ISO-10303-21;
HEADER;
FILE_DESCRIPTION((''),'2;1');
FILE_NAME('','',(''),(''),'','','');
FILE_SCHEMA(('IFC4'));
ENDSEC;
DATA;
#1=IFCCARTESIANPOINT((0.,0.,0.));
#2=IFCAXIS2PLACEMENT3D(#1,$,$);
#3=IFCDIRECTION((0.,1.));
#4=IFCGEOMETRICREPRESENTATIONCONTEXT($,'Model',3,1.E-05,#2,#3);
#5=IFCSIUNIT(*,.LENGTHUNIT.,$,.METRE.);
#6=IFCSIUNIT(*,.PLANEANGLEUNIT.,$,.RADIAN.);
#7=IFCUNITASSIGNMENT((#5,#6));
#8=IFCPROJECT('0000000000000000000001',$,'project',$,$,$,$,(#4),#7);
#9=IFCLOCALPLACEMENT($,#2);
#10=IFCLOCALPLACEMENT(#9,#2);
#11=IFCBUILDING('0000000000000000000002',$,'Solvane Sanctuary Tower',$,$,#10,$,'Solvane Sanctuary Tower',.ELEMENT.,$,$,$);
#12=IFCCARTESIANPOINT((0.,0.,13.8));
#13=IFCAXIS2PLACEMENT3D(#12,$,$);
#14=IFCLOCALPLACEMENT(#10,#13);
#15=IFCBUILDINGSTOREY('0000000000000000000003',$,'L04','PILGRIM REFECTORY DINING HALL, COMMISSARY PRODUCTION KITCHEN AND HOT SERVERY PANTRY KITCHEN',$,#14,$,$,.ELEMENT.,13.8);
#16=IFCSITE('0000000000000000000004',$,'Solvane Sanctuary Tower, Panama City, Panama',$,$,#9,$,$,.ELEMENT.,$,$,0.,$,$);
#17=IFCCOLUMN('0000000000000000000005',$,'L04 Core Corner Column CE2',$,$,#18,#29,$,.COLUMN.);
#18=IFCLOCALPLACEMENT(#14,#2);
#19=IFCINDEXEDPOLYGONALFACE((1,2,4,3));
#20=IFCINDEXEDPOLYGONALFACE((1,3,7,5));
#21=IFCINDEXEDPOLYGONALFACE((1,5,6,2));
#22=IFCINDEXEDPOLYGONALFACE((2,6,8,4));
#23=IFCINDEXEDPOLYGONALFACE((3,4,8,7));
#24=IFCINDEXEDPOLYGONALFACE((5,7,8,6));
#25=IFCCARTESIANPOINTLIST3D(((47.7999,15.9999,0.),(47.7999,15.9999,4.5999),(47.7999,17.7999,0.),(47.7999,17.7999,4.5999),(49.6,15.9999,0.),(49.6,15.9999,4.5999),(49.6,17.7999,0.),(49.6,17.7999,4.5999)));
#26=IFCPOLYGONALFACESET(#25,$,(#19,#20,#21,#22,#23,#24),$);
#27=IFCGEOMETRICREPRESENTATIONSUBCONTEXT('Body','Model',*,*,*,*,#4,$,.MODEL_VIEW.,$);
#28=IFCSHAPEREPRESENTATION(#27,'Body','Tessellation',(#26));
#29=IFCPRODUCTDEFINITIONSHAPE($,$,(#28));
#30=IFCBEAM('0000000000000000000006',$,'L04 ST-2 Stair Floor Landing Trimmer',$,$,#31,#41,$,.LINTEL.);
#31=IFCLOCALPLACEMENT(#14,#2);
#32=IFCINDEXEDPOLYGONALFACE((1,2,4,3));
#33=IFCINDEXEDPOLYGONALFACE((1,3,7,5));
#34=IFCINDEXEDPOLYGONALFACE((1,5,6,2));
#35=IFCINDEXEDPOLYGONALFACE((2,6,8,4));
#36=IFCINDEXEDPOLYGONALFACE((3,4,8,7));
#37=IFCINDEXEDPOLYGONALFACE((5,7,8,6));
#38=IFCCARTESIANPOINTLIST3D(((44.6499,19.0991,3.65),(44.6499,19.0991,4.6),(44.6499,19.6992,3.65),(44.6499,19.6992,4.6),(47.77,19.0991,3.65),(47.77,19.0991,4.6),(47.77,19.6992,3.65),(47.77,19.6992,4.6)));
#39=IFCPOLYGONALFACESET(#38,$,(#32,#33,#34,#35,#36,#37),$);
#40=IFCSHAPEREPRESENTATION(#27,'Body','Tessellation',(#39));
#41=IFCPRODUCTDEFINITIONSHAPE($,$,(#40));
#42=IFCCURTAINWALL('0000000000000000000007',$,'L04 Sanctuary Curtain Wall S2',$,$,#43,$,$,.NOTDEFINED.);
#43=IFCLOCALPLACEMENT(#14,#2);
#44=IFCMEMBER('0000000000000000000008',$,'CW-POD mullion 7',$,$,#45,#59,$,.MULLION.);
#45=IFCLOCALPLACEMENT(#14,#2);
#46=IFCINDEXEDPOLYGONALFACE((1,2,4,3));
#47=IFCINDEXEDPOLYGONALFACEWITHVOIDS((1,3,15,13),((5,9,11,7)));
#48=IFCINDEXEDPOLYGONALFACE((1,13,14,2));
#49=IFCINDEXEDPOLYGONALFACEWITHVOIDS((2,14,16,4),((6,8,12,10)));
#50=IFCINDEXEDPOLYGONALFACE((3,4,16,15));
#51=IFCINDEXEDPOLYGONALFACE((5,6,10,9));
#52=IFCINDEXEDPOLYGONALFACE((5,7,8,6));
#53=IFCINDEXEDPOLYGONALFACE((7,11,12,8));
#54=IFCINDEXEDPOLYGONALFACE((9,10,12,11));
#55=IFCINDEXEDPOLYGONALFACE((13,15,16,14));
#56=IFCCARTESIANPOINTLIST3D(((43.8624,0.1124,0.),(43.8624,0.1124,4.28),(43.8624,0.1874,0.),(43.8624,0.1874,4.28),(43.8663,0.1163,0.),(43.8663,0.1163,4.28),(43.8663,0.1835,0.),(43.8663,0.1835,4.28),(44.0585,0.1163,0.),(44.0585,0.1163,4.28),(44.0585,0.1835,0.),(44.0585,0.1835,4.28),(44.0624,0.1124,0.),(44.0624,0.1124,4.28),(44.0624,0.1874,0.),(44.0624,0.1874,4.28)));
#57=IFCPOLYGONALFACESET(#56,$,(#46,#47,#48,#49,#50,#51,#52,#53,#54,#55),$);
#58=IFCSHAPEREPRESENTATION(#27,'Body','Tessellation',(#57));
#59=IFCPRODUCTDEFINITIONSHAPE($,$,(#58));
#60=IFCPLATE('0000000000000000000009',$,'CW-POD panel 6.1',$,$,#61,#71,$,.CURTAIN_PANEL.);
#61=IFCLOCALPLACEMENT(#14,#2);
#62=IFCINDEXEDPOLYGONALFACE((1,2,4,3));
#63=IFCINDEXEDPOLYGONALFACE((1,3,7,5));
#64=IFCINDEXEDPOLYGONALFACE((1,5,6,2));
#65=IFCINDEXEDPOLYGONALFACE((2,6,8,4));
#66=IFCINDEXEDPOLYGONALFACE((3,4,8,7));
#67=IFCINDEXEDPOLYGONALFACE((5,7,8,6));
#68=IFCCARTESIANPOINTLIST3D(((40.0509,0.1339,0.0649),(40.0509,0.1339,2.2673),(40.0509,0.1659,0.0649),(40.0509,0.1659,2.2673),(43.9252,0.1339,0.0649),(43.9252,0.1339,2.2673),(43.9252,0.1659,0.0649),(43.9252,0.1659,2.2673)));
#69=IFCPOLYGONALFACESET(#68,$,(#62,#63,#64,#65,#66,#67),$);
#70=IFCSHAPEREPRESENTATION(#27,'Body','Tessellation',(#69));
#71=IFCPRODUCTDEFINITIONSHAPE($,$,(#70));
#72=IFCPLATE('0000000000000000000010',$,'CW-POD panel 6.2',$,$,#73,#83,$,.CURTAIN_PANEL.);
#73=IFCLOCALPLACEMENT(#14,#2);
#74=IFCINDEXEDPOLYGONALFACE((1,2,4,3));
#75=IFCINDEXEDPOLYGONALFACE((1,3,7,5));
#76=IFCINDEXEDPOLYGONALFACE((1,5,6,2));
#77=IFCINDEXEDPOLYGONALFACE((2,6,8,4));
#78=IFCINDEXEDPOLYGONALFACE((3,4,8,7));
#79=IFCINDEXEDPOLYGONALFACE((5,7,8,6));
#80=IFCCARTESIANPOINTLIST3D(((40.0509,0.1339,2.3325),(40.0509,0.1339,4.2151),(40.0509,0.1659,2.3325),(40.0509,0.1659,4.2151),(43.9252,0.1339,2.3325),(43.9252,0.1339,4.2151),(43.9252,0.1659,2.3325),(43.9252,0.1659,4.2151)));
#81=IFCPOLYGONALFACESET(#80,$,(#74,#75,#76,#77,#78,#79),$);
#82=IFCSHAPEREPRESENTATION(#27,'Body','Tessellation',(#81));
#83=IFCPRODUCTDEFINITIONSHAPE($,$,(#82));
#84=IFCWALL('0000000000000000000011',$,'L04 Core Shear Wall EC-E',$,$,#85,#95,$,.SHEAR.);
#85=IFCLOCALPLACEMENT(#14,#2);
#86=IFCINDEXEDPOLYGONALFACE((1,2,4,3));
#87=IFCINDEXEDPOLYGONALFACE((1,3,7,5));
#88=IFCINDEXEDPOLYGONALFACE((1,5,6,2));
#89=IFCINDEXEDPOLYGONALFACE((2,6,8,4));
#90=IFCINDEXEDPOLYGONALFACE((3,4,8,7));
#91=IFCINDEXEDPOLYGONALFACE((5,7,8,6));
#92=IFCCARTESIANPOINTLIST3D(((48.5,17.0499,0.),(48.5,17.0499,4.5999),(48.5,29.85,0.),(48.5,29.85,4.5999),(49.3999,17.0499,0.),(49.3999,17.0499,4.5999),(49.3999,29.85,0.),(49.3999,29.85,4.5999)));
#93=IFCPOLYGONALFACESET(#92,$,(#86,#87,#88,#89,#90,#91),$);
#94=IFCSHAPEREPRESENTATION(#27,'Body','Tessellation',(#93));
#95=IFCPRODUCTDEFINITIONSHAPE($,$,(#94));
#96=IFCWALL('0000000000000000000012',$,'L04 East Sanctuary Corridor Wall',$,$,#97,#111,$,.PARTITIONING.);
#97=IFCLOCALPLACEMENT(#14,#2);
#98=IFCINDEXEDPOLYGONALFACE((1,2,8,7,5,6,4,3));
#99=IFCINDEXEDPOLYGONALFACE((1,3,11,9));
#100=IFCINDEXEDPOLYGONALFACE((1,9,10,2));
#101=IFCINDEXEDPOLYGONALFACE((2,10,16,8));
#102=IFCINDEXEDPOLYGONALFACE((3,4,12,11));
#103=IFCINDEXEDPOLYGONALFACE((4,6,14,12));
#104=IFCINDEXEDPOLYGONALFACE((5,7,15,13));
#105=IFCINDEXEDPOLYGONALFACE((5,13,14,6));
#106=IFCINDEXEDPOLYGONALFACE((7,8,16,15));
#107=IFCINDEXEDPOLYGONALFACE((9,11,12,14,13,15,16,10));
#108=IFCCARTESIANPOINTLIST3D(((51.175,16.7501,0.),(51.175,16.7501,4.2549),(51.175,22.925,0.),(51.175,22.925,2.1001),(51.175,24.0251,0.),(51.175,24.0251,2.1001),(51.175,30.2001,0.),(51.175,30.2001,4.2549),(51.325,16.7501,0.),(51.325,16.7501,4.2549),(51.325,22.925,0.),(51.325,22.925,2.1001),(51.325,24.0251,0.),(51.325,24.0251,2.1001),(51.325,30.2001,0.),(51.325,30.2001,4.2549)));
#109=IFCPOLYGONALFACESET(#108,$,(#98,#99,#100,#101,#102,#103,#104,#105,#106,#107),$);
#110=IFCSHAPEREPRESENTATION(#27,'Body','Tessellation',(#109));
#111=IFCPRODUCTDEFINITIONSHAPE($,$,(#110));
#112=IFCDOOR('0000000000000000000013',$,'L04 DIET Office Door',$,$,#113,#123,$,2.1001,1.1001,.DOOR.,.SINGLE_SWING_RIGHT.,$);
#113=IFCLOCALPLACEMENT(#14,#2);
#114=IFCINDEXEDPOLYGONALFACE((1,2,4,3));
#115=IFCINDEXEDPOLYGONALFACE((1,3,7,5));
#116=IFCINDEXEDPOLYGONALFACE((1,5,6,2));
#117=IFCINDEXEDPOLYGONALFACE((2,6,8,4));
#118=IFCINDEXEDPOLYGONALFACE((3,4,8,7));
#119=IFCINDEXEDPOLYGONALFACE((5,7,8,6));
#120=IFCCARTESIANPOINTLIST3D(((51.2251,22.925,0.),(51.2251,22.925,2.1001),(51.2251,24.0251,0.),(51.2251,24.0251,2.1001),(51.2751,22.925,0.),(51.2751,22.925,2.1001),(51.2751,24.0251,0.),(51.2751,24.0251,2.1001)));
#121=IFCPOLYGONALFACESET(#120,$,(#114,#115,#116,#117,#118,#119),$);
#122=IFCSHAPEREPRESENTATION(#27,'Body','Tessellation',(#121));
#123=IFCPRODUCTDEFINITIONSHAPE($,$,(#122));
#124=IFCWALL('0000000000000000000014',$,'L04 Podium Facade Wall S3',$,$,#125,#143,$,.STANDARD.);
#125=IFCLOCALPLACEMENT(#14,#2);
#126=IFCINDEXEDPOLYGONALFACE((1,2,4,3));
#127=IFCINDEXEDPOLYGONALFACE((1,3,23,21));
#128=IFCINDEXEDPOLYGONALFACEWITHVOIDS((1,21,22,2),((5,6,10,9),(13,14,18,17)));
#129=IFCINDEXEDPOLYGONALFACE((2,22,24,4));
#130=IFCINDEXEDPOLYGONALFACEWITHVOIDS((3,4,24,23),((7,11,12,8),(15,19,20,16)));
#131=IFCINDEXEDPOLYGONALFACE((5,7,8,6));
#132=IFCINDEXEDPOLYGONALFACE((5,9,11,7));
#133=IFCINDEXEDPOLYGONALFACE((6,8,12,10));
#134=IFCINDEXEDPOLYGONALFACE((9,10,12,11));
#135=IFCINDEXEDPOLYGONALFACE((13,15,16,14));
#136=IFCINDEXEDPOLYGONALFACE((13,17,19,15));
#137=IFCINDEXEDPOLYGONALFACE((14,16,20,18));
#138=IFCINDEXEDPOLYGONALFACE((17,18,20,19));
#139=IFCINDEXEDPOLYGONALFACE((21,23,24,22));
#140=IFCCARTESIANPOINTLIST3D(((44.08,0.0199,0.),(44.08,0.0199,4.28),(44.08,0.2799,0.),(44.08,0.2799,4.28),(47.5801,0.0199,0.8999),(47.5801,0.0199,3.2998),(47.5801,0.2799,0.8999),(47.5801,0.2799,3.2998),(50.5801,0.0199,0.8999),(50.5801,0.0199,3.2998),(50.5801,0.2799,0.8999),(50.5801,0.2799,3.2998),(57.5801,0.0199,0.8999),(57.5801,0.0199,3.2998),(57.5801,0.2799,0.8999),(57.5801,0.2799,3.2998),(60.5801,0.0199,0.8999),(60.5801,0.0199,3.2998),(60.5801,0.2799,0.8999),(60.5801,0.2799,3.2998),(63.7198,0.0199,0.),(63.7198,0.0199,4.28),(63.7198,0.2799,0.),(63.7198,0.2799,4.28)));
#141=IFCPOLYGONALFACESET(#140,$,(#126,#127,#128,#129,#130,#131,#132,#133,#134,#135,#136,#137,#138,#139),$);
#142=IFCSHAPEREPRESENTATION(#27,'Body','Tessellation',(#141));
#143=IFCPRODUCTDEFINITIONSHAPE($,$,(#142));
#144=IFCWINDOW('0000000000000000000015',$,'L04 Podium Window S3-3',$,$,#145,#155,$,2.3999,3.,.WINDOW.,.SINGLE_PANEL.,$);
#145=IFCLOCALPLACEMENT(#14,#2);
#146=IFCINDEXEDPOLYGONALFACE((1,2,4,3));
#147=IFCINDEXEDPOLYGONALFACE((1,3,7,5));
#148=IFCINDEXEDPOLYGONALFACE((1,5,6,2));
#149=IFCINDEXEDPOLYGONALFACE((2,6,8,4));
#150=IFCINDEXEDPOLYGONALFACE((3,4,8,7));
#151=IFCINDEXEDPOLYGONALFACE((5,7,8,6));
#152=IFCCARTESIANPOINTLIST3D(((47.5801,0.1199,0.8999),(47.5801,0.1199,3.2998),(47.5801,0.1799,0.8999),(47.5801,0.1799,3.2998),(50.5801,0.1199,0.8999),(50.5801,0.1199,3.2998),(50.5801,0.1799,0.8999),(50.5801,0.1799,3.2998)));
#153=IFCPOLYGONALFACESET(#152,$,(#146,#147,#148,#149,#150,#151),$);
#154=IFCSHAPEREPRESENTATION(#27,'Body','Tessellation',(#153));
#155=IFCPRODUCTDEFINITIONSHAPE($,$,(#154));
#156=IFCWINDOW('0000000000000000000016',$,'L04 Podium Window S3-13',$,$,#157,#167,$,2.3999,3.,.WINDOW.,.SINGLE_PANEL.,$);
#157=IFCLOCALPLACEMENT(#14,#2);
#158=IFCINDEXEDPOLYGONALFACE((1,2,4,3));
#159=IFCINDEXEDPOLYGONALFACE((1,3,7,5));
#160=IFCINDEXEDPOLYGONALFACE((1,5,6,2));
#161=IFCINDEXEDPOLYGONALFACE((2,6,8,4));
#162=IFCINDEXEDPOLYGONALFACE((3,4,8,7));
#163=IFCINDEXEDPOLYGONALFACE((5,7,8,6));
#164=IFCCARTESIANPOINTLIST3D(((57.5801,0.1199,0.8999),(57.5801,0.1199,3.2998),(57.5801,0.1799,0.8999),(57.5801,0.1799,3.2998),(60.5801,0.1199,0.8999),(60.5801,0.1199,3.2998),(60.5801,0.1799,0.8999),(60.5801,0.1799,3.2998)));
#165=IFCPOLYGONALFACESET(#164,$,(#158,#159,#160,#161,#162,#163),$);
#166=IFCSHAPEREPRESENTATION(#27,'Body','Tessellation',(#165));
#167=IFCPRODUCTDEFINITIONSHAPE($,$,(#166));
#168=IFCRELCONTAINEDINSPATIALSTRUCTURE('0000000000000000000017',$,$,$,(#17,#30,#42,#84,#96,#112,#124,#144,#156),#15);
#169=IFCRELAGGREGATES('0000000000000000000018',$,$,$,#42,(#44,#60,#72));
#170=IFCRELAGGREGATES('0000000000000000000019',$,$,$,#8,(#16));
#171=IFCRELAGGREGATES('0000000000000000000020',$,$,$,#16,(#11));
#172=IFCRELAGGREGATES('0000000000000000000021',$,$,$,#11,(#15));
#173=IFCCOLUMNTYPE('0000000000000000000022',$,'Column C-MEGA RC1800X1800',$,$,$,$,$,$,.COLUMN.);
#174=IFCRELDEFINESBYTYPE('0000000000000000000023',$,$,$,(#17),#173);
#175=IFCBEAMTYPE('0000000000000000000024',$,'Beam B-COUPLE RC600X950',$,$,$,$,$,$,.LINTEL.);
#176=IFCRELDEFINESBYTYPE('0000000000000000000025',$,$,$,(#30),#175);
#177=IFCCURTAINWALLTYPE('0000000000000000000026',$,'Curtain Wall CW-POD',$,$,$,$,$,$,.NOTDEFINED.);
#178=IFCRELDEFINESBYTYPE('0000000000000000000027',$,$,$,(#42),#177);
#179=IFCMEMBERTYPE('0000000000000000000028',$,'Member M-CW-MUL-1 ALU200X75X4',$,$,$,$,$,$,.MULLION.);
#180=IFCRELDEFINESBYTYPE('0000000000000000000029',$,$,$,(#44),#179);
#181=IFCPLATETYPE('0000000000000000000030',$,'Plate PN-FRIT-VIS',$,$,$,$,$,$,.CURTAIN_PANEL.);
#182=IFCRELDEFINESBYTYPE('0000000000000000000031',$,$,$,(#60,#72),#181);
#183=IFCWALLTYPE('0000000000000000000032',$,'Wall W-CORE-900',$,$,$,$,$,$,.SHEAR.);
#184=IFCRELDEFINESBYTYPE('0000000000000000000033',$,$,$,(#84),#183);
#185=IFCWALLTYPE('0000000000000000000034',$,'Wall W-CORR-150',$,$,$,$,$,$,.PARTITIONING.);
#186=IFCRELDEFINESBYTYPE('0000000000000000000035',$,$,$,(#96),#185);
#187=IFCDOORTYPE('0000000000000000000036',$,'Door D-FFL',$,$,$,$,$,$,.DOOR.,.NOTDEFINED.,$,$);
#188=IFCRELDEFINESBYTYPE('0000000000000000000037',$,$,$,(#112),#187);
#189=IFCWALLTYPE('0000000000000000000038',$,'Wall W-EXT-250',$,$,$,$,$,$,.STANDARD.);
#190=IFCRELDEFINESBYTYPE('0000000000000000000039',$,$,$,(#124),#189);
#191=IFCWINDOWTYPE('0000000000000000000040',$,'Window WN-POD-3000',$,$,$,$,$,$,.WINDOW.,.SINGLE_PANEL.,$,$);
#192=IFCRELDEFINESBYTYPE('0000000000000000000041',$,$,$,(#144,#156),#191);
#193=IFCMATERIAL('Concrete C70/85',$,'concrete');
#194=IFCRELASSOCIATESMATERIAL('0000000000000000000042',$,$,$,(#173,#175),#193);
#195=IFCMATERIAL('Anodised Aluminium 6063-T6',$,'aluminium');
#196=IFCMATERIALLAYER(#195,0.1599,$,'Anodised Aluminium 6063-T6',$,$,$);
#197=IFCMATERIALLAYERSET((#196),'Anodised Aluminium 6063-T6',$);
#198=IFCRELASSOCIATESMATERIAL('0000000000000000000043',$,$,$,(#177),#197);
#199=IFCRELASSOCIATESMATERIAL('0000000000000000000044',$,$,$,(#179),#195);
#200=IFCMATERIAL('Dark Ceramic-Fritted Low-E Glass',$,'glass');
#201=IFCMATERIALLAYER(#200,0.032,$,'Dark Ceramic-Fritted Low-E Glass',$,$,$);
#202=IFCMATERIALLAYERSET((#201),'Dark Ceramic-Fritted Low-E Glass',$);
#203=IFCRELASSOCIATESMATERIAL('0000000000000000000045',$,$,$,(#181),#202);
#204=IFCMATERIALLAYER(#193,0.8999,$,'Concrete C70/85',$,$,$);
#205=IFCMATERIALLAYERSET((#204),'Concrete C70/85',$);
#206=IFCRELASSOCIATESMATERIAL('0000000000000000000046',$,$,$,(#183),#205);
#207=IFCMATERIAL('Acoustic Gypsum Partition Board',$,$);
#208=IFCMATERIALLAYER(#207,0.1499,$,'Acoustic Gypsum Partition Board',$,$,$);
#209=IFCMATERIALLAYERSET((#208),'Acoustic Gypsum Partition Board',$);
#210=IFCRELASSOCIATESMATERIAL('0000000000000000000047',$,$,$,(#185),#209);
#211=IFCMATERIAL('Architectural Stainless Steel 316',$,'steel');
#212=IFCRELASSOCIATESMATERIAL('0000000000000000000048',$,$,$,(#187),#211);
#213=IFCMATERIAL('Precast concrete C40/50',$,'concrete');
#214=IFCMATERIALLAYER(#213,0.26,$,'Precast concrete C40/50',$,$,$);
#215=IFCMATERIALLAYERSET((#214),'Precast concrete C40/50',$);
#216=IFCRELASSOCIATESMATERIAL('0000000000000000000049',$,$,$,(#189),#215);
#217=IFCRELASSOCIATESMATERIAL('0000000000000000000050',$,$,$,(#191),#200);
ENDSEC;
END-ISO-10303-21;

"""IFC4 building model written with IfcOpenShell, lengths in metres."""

from ifc_helpers import new_model, si_unit, direction, frame, frame_2d, origin, origin_2d, place, context, subcontext, project, spatial, rectangle, hollow_rectangle, extrude, material, layer, layer_set, material_profile, profile_set, type_object, element, fill, aggregate, save


model = new_model("IFC4")

# Units and contexts
model_context = context("Model", 3, precision=1e-05, world=origin(), true_north=direction((0.0, 1.0)))
body_context = subcontext(model_context, "Body", "Model", "MODEL_VIEW")
ifc_project = project(units=[si_unit("LENGTHUNIT", "METRE"), si_unit("PLANEANGLEUNIT", "RADIAN")], contexts=[model_context])

# Site, building, storey
site_placement = place(None, origin())
site = spatial("IfcSite", under=ifc_project, at=site_placement, Name="Solvane Sanctuary Tower, Panama City, Panama", CompositionType="ELEMENT", RefElevation=0.0)
building_placement = place(site_placement, origin())
building = spatial("IfcBuilding", under=site, at=building_placement, Name="Solvane Sanctuary Tower", LongName="Solvane Sanctuary Tower", CompositionType="ELEMENT")
storey_placement = place(building_placement, frame((0.0, 0.0, 13.8)))
storey = spatial("IfcBuildingStorey", under=building, at=storey_placement, Name="L04", Description="PILGRIM REFECTORY DINING HALL, COMMISSARY PRODUCTION KITCHEN AND HOT SERVERY PANTRY KITCHEN", CompositionType="ELEMENT", Elevation=13.8)

# Column
ifc_material_1 = material(Name="Concrete C70/85", Category="concrete")
ifc_material_profile_1 = material_profile(ifc_material_1, rectangle(XDim=1.8, YDim=1.8, at=origin_2d()), Name="RC1800X1800")
ifc_profile_set_1 = profile_set([ifc_material_profile_1], Name="Concrete C70/85")
column_type = type_object("IfcColumnType", Name="Column C-MEGA RC1800X1800", PredefinedType="COLUMN", material=ifc_profile_set_1)
column_placement = place(storey_placement, frame((48.7, 16.8999, 0.0), z_axis=(0.0, 0.0, 1.0), x_axis=(1.0, 0.0, 0.0)))
element("IfcColumn", 1, at=column_placement, inside=storey, type_object=column_type, Name="L04 Core Corner Column CE2", PredefinedType="COLUMN", context=body_context, shape_type="SweptSolid", body=[
    extrude(rectangle(XDim=1.8, YDim=1.8, at=origin_2d()), origin(), (0.0, 0.0, 1.0), 4.5999),
])

# Beam
ifc_material_profile_2 = material_profile(ifc_material_1, rectangle(XDim=0.6001, YDim=0.95, at=origin_2d()), Name="RC600X950")
ifc_profile_set_2 = profile_set([ifc_material_profile_2], Name="Concrete C70/85")
beam_type = type_object("IfcBeamType", Name="Beam B-COUPLE RC600X950", PredefinedType="LINTEL", material=ifc_profile_set_2)
beam_placement = place(storey_placement, frame((44.6499, 19.3992, 4.125), z_axis=(1.0, 0.0, 0.0), x_axis=(0.0, 1.0, 0.0)))
element("IfcBeam", 2, at=beam_placement, inside=storey, type_object=beam_type, Name="L04 ST-2 Stair Floor Landing Trimmer", PredefinedType="LINTEL", context=body_context, shape_type="SweptSolid", body=[
    extrude(rectangle(XDim=0.6001, YDim=0.95, at=origin_2d()), origin(), (0.0, 0.0, 1.0), 3.1201),
])

# Curtain wall, member, plates
ifc_material_2 = material(Name="Anodised Aluminium 6063-T6", Category="aluminium")
ifc_layer_1 = layer(ifc_material_2, 0.1599, Name="Anodised Aluminium 6063-T6")
ifc_layer_set_1 = layer_set([ifc_layer_1], Name="Anodised Aluminium 6063-T6")
curtain_wall_type = type_object("IfcCurtainWallType", Name="Curtain Wall CW-POD", PredefinedType="NOTDEFINED", material=ifc_layer_set_1)
curtain_wall_placement = place(storey_placement, origin())
curtain_wall = element("IfcCurtainWall", 3, at=curtain_wall_placement, inside=storey, type_object=curtain_wall_type, Name="L04 Sanctuary Curtain Wall S2", PredefinedType="NOTDEFINED")
ifc_material_profile_3 = material_profile(ifc_material_2, hollow_rectangle(XDim=0.075, YDim=0.2, WallThickness=0.0039, at=origin_2d()), Name="ALU200X75X4")
ifc_profile_set_3 = profile_set([ifc_material_profile_3], Name="Anodised Aluminium 6063-T6")
member_type = type_object("IfcMemberType", Name="Member M-CW-MUL-1 ALU200X75X4", PredefinedType="MULLION", material=ifc_profile_set_3)
member_placement = place(storey_placement, frame((43.9624, 0.1499, 0.0), z_axis=(0.0, 0.0, 1.0), x_axis=(0.0, 1.0, 0.0)))
member = element("IfcMember", 4, at=member_placement, type_object=member_type, Name="CW-POD mullion 7", PredefinedType="MULLION", context=body_context, shape_type="SweptSolid", body=[
    extrude(hollow_rectangle(XDim=0.075, YDim=0.2, WallThickness=0.0039, at=origin_2d()), origin(), (0.0, 0.0, 1.0), 4.28),
])
ifc_material_3 = material(Name="Dark Ceramic-Fritted Low-E Glass", Category="glass")
ifc_layer_2 = layer(ifc_material_3, 0.032, Name="Dark Ceramic-Fritted Low-E Glass")
ifc_layer_set_2 = layer_set([ifc_layer_2], Name="Dark Ceramic-Fritted Low-E Glass")
plate_type = type_object("IfcPlateType", Name="Plate PN-FRIT-VIS", PredefinedType="CURTAIN_PANEL", material=ifc_layer_set_2)
plate_1_placement = place(storey_placement, frame((41.988, 0.1499, 0.0649), z_axis=(0.0, 0.0, 1.0), x_axis=(1.0, 0.0, 0.0)))
plate_1 = element("IfcPlate", 5, at=plate_1_placement, type_object=plate_type, Name="CW-POD panel 6.1", PredefinedType="CURTAIN_PANEL", context=body_context, shape_type="SweptSolid", body=[
    extrude(rectangle(XDim=3.8743, YDim=0.032, at=origin_2d()), origin(), (0.0, 0.0, 1.0), 2.2024),
])
plate_2_placement = place(storey_placement, frame((41.988, 0.1499, 2.3325), z_axis=(0.0, 0.0, 1.0), x_axis=(1.0, 0.0, 0.0)))
plate_2 = element("IfcPlate", 6, at=plate_2_placement, type_object=plate_type, Name="CW-POD panel 6.2", PredefinedType="CURTAIN_PANEL", context=body_context, shape_type="SweptSolid", body=[
    extrude(rectangle(XDim=3.8743, YDim=0.032, at=origin_2d()), origin(), (0.0, 0.0, 1.0), 1.8826),
])
aggregate(curtain_wall, [member, plate_1, plate_2])

# Wall
ifc_layer_3 = layer(ifc_material_1, 0.8999, Name="Concrete C70/85")
ifc_layer_set_3 = layer_set([ifc_layer_3], Name="Concrete C70/85")
wall_type_1 = type_object("IfcWallType", Name="Wall W-CORE-900", PredefinedType="SHEAR", material=ifc_layer_set_3)
wall_1_placement = place(storey_placement, frame((48.95, 17.05, 0.0), z_axis=(0.0, 0.0, 1.0), x_axis=(0.0, 1.0, 0.0)))
element("IfcWall", 7, at=wall_1_placement, inside=storey, type_object=wall_type_1, Name="L04 Core Shear Wall EC-E", PredefinedType="SHEAR", context=body_context, shape_type="SweptSolid", body=[
    extrude(rectangle(XDim=12.8, YDim=0.8999, at=frame_2d((6.3999, 0.0))), origin(), (0.0, 0.0, 1.0), 4.5999),
])

# Wall, opening, door
ifc_material_4 = material(Name="Acoustic Gypsum Partition Board")
ifc_layer_4 = layer(ifc_material_4, 0.1499, Name="Acoustic Gypsum Partition Board")
ifc_layer_set_4 = layer_set([ifc_layer_4], Name="Acoustic Gypsum Partition Board")
wall_type_2 = type_object("IfcWallType", Name="Wall W-CORR-150", PredefinedType="PARTITIONING", material=ifc_layer_set_4)
wall_2_placement = place(storey_placement, frame((51.25, 16.75, 0.0), z_axis=(0.0, 0.0, 1.0), x_axis=(0.0, 1.0, 0.0)))
wall_2 = element("IfcWall", 8, at=wall_2_placement, inside=storey, type_object=wall_type_2, Name="L04 East Sanctuary Corridor Wall", PredefinedType="PARTITIONING", context=body_context, shape_type="SweptSolid", body=[
    extrude(rectangle(XDim=13.45, YDim=0.1499, at=frame_2d((6.7251, 0.0))), origin(), (0.0, 0.0, 1.0), 4.2549),
])
opening_1_placement = place(wall_2_placement, frame((6.175, 0.0, 0.0)))
opening_1 = element("IfcOpeningElement", 9, at=opening_1_placement, cuts=wall_2, PredefinedType="OPENING", context=body_context, shape_type="SweptSolid", body=[
    extrude(rectangle(XDim=1.1001, YDim=2.1001, at=frame_2d((0.55, 1.05))), frame((0.0, 0.085, 0.0), z_axis=(0.0, -1.0, 0.0), x_axis=(1.0, 0.0, 0.0)), (0.0, 0.0, 1.0), 0.1699),
])
ifc_material_5 = material(Name="Architectural Stainless Steel 316", Category="steel")
door_type_1 = type_object("IfcDoorType", Name="Door D-FFL", OperationType="NOTDEFINED", PredefinedType="DOOR", material=ifc_material_5)
door_1_placement = place(opening_1_placement, origin())
door_1 = element("IfcDoor", 10, at=door_1_placement, inside=storey, type_object=door_type_1, Name="L04 DIET Office Door", OperationType="SINGLE_SWING_RIGHT", OverallHeight=2.1001, OverallWidth=1.1001, PredefinedType="DOOR", context=body_context, shape_type="SweptSolid", body=[
    extrude(rectangle(XDim=1.1001, YDim=2.1001, at=frame_2d((0.55, 1.05))), frame((0.0, 0.0249, 0.0), z_axis=(0.0, -1.0, 0.0), x_axis=(1.0, 0.0, 0.0)), (0.0, 0.0, 1.0), 0.05),
])
fill(opening_1, door_1)

# Wall, openings, windows
ifc_material_6 = material(Name="Precast concrete C40/50", Category="concrete")
ifc_layer_5 = layer(ifc_material_6, 0.26, Name="Precast concrete C40/50")
ifc_layer_set_5 = layer_set([ifc_layer_5], Name="Precast concrete C40/50")
wall_type_3 = type_object("IfcWallType", Name="Wall W-EXT-250", PredefinedType="STANDARD", material=ifc_layer_set_5)
wall_3_placement = place(storey_placement, frame((44.0801, 0.1499, 0.0), z_axis=(0.0, 0.0, 1.0), x_axis=(1.0, 0.0, 0.0)))
wall_3 = element("IfcWall", 11, at=wall_3_placement, inside=storey, type_object=wall_type_3, Name="L04 Podium Facade Wall S3", PredefinedType="STANDARD", context=body_context, shape_type="SweptSolid", body=[
    extrude(rectangle(XDim=19.6399, YDim=0.26, at=frame_2d((9.8198, 0.0))), origin(), (0.0, 0.0, 1.0), 4.28),
])
opening_2_placement = place(wall_3_placement, frame((3.5, 0.0, 0.8999)))
opening_2 = element("IfcOpeningElement", 12, at=opening_2_placement, cuts=wall_3, PredefinedType="OPENING", context=body_context, shape_type="SweptSolid", body=[
    extrude(rectangle(XDim=3.0, YDim=2.3999, at=frame_2d((1.5, 1.2))), frame((0.0, 0.1399, 0.0), z_axis=(0.0, -1.0, 0.0), x_axis=(1.0, 0.0, 0.0)), (0.0, 0.0, 1.0), 0.28),
])
opening_3_placement = place(wall_3_placement, frame((13.5, 0.0, 0.8999)))
opening_3 = element("IfcOpeningElement", 13, at=opening_3_placement, cuts=wall_3, PredefinedType="OPENING", context=body_context, shape_type="SweptSolid", body=[
    extrude(rectangle(XDim=3.0, YDim=2.3999, at=frame_2d((1.5, 1.2))), frame((0.0, 0.1399, 0.0), z_axis=(0.0, -1.0, 0.0), x_axis=(1.0, 0.0, 0.0)), (0.0, 0.0, 1.0), 0.28),
])
window_type = type_object("IfcWindowType", Name="Window WN-POD-3000", PartitioningType="SINGLE_PANEL", PredefinedType="WINDOW", material=ifc_material_3)
window_1_placement = place(opening_2_placement, origin())
window_1 = element("IfcWindow", 14, at=window_1_placement, inside=storey, type_object=window_type, Name="L04 Podium Window S3-3", OverallHeight=2.3999, OverallWidth=3.0, PartitioningType="SINGLE_PANEL", PredefinedType="WINDOW", context=body_context, shape_type="SweptSolid", body=[
    extrude(rectangle(XDim=3.0, YDim=2.3999, at=frame_2d((1.5, 1.2))), frame((0.0, 0.03, 0.0), z_axis=(0.0, -1.0, 0.0), x_axis=(1.0, 0.0, 0.0)), (0.0, 0.0, 1.0), 0.0601),
])
fill(opening_2, window_1)
window_2_placement = place(opening_3_placement, origin())
window_2 = element("IfcWindow", 15, at=window_2_placement, inside=storey, type_object=window_type, Name="L04 Podium Window S3-13", OverallHeight=2.3999, OverallWidth=3.0, PartitioningType="SINGLE_PANEL", PredefinedType="WINDOW", context=body_context, shape_type="SweptSolid", body=[
    extrude(rectangle(XDim=3.0, YDim=2.3999, at=frame_2d((1.5, 1.2))), frame((0.0, 0.03, 0.0), z_axis=(0.0, -1.0, 0.0), x_axis=(1.0, 0.0, 0.0)), (0.0, 0.0, 1.0), 0.0601),
])
fill(opening_3, window_2)

save(model, "model.ifc")
